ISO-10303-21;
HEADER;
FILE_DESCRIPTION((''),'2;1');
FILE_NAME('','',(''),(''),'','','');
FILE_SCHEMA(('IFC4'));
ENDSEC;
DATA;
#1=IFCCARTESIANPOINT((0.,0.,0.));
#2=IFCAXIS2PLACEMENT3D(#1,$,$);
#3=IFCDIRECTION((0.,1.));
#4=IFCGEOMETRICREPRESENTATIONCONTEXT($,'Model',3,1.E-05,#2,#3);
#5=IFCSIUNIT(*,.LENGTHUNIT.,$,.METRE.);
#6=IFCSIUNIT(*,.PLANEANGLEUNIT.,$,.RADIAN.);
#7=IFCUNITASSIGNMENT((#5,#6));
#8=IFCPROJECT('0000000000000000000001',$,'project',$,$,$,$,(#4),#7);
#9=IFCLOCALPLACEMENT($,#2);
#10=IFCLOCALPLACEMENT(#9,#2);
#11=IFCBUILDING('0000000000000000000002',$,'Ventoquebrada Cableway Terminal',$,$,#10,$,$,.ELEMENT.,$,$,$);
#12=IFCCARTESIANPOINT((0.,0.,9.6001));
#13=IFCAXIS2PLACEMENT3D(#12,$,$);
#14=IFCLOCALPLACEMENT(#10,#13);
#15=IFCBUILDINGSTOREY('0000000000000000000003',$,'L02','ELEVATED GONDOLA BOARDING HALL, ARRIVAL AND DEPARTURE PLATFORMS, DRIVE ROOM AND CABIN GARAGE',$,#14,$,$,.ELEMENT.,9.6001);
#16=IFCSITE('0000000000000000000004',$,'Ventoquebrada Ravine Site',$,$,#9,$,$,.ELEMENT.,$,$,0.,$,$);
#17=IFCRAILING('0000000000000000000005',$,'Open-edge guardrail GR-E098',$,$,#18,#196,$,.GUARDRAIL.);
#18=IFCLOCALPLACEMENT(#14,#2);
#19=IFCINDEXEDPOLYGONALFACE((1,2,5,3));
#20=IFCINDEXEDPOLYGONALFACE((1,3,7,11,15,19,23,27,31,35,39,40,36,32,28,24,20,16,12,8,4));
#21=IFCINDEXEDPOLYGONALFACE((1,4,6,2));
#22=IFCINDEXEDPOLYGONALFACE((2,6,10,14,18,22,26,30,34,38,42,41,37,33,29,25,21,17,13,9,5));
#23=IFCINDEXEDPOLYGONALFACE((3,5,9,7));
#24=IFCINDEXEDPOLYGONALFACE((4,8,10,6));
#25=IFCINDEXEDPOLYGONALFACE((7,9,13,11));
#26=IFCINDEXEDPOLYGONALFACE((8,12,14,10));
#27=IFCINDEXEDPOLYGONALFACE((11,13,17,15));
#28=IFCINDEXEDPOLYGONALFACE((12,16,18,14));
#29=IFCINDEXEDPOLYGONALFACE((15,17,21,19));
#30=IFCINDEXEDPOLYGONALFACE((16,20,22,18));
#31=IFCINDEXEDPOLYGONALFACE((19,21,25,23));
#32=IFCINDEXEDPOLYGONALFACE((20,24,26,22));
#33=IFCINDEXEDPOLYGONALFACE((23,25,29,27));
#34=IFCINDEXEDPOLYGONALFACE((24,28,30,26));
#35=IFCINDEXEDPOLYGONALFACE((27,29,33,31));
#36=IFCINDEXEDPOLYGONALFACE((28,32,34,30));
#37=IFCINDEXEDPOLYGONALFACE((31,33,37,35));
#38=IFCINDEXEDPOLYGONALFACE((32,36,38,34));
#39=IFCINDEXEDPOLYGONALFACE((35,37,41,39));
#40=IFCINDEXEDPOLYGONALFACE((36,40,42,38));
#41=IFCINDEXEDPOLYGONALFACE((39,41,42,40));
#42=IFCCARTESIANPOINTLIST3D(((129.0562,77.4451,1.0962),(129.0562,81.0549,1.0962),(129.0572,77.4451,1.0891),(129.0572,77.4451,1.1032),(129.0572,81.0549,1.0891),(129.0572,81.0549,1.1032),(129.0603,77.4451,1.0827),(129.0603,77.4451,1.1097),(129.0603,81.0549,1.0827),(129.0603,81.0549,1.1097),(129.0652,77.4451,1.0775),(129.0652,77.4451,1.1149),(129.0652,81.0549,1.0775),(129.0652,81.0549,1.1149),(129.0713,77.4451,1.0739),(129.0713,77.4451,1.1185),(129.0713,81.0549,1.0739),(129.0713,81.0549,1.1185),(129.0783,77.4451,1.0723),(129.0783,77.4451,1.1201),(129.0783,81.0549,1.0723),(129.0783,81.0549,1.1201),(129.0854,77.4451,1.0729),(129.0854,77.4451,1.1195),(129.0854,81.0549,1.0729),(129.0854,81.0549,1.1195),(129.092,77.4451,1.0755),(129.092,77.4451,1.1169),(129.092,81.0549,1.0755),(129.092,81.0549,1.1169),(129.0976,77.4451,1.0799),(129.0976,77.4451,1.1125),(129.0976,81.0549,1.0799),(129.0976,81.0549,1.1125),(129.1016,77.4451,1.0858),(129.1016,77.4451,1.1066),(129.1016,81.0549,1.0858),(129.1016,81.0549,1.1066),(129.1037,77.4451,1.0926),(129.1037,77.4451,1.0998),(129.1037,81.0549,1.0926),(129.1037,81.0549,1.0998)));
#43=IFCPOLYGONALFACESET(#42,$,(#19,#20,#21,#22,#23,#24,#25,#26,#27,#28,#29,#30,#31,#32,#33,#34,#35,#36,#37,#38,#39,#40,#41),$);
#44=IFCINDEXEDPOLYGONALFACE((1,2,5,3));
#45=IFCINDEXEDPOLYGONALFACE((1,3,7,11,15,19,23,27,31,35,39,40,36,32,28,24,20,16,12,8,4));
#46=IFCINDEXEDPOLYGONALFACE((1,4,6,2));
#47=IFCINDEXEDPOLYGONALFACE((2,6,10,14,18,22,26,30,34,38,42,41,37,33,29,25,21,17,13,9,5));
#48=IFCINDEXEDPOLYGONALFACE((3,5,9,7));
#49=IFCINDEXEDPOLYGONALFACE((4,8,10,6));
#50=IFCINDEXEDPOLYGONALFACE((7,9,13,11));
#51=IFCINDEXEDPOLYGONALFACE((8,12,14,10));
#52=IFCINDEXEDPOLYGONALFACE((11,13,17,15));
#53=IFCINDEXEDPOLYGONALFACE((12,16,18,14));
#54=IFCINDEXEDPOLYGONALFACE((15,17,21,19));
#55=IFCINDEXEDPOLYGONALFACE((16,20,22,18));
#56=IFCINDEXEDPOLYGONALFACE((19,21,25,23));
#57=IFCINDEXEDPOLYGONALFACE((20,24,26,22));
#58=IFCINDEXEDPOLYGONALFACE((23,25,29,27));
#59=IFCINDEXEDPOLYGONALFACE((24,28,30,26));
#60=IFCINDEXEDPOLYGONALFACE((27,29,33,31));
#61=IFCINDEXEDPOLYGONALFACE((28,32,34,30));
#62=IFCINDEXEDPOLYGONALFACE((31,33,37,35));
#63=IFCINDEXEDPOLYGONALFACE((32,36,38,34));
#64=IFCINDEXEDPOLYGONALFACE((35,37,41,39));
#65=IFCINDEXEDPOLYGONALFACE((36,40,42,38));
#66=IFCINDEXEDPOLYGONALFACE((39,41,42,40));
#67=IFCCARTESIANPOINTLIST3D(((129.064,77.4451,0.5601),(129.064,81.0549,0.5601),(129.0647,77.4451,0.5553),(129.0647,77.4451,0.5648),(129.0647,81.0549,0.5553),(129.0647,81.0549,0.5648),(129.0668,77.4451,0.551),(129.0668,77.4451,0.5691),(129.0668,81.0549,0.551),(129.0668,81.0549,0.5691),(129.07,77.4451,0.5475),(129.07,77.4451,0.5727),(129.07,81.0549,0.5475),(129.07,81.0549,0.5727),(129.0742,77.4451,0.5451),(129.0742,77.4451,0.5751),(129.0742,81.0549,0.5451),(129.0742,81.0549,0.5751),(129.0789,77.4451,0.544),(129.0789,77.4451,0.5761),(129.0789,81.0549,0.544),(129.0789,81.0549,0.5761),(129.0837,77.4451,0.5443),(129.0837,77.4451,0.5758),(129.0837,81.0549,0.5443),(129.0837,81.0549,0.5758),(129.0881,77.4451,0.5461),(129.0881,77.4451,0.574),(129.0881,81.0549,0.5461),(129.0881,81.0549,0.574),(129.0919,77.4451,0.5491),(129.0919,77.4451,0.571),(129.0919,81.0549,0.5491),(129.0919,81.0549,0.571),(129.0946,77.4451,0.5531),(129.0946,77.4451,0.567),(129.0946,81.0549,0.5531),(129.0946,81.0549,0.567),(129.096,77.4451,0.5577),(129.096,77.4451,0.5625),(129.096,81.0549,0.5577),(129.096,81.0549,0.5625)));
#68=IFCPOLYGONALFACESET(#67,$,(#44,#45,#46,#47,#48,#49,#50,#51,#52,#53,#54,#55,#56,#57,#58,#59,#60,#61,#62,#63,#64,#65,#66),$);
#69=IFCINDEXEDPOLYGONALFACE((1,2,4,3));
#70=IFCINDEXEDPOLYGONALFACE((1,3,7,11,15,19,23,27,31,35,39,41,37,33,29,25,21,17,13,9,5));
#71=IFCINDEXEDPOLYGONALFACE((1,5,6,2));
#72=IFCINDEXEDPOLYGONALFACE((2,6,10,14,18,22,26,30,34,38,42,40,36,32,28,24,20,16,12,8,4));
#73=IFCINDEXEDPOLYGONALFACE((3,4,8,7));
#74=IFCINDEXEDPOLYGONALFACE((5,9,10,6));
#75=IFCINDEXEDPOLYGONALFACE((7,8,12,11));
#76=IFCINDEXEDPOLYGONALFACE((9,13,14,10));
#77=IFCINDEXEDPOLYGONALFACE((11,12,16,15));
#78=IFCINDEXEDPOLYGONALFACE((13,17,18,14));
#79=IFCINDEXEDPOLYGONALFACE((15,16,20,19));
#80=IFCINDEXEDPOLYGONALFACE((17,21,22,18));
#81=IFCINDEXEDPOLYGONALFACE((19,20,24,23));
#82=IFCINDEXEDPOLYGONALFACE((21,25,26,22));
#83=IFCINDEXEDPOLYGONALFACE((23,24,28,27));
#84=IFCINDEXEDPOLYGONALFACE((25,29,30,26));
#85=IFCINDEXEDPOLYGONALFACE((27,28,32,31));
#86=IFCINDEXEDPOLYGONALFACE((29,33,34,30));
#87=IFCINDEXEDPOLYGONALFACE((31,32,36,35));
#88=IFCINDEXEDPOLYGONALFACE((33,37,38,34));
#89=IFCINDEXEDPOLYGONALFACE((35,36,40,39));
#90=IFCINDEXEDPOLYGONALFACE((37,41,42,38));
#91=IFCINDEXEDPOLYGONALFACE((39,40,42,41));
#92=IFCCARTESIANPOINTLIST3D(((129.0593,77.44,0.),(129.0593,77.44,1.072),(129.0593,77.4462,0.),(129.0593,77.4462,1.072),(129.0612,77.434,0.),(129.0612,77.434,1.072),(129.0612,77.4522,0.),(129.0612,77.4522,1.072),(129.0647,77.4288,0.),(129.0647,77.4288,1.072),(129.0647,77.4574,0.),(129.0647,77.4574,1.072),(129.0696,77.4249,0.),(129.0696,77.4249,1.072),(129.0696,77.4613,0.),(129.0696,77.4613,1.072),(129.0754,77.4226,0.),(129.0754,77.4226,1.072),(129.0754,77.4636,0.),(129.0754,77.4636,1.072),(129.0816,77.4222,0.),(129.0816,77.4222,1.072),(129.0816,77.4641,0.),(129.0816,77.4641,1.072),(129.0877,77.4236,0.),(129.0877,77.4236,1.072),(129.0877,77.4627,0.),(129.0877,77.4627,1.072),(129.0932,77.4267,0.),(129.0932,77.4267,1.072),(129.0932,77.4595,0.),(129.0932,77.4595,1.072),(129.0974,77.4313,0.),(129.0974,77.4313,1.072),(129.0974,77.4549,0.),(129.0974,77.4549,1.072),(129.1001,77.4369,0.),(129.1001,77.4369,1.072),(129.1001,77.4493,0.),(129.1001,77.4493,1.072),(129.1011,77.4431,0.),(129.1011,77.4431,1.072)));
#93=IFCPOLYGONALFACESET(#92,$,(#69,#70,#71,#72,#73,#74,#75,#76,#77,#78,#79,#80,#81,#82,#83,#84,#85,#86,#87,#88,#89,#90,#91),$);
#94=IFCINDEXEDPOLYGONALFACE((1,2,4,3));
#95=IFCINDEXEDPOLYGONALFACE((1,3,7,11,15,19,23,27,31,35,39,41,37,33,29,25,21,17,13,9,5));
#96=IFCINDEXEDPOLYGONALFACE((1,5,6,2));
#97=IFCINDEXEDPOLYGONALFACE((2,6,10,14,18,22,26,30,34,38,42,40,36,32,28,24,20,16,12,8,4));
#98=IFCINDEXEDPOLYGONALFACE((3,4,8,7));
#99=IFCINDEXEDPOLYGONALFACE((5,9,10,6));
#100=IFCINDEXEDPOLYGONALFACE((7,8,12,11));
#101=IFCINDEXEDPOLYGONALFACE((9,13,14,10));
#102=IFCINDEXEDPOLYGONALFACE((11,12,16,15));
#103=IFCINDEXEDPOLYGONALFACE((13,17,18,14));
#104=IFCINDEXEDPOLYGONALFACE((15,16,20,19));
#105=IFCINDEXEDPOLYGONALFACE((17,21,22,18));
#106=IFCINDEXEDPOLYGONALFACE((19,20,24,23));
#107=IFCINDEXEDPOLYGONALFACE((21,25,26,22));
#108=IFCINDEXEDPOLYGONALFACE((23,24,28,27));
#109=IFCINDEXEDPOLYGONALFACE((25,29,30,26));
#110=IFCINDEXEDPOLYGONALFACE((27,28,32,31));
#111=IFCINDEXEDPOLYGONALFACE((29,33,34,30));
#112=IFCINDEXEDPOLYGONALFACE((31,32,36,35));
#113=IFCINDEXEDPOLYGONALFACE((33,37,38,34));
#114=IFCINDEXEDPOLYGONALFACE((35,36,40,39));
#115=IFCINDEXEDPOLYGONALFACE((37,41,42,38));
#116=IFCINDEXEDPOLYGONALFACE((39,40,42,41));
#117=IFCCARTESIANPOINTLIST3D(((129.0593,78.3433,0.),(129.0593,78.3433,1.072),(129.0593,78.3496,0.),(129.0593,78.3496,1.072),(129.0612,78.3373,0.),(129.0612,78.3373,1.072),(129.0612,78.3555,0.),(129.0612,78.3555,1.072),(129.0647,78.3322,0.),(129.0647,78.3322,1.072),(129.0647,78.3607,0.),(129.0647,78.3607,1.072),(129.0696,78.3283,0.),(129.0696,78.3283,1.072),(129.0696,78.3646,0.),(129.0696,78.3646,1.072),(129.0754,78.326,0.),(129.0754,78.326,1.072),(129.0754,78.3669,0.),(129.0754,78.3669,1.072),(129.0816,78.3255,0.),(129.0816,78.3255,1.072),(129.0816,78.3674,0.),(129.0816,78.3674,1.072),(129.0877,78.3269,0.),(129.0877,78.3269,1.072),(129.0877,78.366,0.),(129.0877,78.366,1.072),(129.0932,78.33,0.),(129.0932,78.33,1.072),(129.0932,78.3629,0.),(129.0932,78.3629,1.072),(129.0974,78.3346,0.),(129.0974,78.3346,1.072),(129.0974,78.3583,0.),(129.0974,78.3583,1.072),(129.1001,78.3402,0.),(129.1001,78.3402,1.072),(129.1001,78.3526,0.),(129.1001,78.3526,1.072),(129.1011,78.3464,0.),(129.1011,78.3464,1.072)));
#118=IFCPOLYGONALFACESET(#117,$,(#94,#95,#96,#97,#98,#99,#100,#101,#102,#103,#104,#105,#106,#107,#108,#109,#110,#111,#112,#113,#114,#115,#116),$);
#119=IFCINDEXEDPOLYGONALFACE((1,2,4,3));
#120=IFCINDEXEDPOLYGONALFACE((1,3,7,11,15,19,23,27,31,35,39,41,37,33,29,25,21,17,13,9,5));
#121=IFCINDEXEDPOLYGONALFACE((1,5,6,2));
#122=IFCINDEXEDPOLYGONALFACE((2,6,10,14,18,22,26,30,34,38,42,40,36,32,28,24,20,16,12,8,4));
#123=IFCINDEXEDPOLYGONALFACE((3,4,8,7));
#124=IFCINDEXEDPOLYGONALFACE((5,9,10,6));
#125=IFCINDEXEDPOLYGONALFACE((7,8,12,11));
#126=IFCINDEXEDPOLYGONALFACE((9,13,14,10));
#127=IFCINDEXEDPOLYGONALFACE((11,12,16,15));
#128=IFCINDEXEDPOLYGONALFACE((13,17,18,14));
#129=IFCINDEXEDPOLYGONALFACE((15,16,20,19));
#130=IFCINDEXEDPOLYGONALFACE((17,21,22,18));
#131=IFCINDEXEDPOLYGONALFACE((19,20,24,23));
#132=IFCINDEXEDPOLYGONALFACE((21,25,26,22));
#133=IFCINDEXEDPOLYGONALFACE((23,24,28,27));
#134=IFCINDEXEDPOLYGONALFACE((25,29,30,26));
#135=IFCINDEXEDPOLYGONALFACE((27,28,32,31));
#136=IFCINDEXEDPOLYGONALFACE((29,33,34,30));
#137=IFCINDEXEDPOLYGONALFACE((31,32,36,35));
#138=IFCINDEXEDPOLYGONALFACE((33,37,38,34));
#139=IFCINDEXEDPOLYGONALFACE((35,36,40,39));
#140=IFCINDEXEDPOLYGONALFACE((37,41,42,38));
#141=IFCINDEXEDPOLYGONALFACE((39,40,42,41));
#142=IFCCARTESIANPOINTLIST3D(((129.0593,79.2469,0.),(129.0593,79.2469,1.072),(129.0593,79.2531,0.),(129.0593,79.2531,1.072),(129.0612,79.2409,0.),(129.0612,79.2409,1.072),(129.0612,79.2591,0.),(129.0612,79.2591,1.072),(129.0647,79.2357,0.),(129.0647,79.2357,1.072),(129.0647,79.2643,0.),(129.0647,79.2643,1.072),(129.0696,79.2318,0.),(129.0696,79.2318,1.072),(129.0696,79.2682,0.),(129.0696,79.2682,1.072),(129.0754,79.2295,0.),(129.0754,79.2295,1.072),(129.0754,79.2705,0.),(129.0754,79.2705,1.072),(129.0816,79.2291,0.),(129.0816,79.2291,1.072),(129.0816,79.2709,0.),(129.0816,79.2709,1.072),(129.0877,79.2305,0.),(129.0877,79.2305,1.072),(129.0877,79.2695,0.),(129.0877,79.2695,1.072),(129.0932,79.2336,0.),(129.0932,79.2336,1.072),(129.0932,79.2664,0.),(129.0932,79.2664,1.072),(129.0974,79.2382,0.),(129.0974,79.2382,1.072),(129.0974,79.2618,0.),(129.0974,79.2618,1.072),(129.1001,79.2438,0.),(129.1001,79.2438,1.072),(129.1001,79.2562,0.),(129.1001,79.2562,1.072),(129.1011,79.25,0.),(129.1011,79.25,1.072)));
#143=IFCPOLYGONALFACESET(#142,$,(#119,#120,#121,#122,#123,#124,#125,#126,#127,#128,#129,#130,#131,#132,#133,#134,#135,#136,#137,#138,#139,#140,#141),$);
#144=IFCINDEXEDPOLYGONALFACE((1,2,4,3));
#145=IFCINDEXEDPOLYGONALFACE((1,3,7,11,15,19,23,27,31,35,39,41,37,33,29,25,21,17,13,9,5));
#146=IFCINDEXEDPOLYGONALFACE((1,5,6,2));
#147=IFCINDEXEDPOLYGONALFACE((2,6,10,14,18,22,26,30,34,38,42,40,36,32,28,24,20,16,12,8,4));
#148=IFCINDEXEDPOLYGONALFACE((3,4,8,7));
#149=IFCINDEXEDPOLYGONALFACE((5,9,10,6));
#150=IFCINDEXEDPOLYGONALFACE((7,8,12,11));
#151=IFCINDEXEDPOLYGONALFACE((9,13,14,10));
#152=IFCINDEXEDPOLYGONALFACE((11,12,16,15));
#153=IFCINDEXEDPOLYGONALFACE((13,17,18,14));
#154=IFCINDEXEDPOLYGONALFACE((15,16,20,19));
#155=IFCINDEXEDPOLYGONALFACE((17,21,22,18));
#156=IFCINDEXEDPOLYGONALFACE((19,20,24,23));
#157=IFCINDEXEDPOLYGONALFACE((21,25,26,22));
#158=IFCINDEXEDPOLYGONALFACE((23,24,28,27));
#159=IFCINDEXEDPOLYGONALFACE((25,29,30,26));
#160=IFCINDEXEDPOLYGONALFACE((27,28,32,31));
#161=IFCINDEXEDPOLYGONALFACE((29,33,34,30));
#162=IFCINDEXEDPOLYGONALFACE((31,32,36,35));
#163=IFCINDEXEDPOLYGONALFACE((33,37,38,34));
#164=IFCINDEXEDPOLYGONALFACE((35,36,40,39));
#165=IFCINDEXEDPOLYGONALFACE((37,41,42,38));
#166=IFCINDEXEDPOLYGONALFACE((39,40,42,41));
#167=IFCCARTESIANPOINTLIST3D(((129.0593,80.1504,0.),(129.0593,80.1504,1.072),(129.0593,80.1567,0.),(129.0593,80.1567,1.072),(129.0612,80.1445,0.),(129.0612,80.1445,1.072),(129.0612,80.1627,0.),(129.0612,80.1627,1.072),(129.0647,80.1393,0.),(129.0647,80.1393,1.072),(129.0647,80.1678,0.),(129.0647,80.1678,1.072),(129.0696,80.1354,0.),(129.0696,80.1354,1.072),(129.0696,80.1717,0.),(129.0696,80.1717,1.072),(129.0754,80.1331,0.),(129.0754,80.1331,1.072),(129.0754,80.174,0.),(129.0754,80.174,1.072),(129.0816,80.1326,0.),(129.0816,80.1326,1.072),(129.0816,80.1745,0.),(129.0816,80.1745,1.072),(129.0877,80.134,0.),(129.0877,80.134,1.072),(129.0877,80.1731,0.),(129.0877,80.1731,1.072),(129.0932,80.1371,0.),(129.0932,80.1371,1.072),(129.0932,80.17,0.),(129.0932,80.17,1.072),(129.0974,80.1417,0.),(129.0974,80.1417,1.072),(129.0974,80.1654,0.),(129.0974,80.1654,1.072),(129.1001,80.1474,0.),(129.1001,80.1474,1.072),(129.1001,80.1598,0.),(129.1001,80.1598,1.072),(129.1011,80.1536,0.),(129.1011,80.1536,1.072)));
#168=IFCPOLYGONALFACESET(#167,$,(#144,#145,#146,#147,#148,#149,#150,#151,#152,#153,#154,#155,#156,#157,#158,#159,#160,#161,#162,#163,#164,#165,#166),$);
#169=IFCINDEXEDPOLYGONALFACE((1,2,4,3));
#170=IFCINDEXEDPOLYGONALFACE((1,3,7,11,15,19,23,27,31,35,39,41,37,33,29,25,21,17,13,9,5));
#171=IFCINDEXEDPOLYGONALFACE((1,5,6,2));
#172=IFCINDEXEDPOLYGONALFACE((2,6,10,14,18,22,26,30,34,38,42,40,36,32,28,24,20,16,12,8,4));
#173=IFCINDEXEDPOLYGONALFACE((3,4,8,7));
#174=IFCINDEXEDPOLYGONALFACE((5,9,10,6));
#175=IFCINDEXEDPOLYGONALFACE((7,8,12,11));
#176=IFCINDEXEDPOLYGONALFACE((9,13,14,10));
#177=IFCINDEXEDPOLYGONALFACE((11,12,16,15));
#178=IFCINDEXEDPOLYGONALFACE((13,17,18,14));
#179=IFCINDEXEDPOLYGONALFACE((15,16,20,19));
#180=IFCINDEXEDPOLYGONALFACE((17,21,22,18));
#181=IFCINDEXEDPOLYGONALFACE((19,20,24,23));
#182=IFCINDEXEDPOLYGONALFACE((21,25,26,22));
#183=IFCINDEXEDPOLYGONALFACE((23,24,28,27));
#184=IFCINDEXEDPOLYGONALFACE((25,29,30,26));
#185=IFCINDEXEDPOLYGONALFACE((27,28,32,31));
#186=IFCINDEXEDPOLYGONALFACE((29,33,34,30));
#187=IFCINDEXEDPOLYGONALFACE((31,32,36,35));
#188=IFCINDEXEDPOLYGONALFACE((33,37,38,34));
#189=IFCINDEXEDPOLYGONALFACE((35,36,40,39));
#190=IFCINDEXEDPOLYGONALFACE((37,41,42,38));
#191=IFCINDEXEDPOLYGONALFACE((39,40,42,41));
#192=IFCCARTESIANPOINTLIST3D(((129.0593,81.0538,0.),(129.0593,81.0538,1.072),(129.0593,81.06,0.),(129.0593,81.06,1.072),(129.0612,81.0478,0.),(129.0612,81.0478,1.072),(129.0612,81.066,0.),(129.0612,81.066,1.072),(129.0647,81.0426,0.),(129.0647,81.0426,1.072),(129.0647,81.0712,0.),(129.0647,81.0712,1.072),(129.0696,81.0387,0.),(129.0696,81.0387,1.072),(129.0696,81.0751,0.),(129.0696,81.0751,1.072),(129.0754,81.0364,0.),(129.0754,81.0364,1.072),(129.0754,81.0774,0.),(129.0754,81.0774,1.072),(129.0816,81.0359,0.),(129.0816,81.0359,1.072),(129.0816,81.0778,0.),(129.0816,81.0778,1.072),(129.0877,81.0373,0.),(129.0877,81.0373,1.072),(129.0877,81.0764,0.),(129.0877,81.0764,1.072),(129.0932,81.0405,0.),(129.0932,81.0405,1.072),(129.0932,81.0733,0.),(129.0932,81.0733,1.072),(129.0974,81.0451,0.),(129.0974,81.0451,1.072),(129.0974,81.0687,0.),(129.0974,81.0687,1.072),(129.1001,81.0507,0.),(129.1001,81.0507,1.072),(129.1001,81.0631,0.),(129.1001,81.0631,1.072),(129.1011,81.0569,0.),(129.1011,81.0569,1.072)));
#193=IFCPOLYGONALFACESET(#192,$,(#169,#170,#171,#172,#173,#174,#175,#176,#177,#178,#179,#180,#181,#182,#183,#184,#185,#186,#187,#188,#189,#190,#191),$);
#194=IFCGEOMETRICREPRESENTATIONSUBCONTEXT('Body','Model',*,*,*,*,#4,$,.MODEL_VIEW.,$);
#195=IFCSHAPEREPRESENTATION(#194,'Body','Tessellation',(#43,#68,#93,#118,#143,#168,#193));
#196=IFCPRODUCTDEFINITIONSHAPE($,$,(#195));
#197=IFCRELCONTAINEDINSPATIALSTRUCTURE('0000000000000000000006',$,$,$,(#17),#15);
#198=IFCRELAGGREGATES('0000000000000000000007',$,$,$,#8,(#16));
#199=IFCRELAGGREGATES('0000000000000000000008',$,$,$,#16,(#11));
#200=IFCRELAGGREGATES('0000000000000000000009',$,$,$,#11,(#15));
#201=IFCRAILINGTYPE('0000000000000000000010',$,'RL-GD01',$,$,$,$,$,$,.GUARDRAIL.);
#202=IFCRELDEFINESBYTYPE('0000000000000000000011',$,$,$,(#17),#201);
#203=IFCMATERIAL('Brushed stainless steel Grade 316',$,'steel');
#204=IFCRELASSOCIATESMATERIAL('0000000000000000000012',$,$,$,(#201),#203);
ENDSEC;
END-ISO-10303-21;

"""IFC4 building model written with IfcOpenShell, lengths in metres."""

from ifc_helpers import new_model, si_unit, direction, frame, origin, origin_2d, place, context, subcontext, project, spatial, circle, extrude, material, type_object, element, save


model = new_model("IFC4")

# Units and contexts
model_context = context("Model", 3, precision=1e-05, world=origin(), true_north=direction((0.0, 1.0)))
body_context = subcontext(model_context, "Body", "Model", "MODEL_VIEW")
ifc_project = project(units=[si_unit("LENGTHUNIT", "METRE"), si_unit("PLANEANGLEUNIT", "RADIAN")], contexts=[model_context])

# Site, building, storey
site_placement = place(None, origin())
site = spatial("IfcSite", under=ifc_project, at=site_placement, Name="Ventoquebrada Ravine Site", CompositionType="ELEMENT", RefElevation=0.0)
building_placement = place(site_placement, origin())
building = spatial("IfcBuilding", under=site, at=building_placement, Name="Ventoquebrada Cableway Terminal", CompositionType="ELEMENT")
storey_placement = place(building_placement, frame((0.0, 0.0, 9.6001)))
storey = spatial("IfcBuildingStorey", under=building, at=storey_placement, Name="L02", Description="ELEVATED GONDOLA BOARDING HALL, ARRIVAL AND DEPARTURE PLATFORMS, DRIVE ROOM AND CABIN GARAGE", CompositionType="ELEMENT", Elevation=9.6001)

# Railing
ifc_material_1 = material(Name="Brushed stainless steel Grade 316", Category="steel")
railing_type_1 = type_object("IfcRailingType", Name="RL-GD01", PredefinedType="GUARDRAIL", material=ifc_material_1)
for number, where, name in (
    (1, (129.0801, 77.4431, 0.0), "Open-edge guardrail GR-E098"),
):
    element("IfcRailing", number, at=place(storey_placement, frame(where)), inside=storey, type_object=railing_type_1, Name=name, PredefinedType="GUARDRAIL", context=body_context, shape_type="SweptSolid", body=[
        extrude(circle(Radius=0.0239, at=origin_2d()), frame((0.0, 0.002, 1.0962), z_axis=(0.0, 1.0, 0.0), x_axis=(-1.0, 0.0, 0.0)), (0.0, 0.0, 1.0), 3.6099),
        extrude(circle(Radius=0.0161, at=origin_2d()), frame((0.0, 0.002, 0.5601), z_axis=(0.0, 1.0, 0.0), x_axis=(-1.0, 0.0, 0.0)), (0.0, 0.0, 1.0), 3.6099),
        extrude(circle(Radius=0.021, at=origin_2d()), origin(), (0.0, 0.0, 1.0), 1.072),
        extrude(circle(Radius=0.021, at=origin_2d()), frame((0.0, 0.9033, 0.0)), (0.0, 0.0, 1.0), 1.072),
        extrude(circle(Radius=0.021, at=origin_2d()), frame((0.0, 1.8069, 0.0)), (0.0, 0.0, 1.0), 1.072),
        extrude(circle(Radius=0.021, at=origin_2d()), frame((0.0, 2.7104, 0.0)), (0.0, 0.0, 1.0), 1.072),
        extrude(circle(Radius=0.021, at=origin_2d()), frame((0.0, 3.6138, 0.0)), (0.0, 0.0, 1.0), 1.072),
    ])

save(model, "model.ifc")
